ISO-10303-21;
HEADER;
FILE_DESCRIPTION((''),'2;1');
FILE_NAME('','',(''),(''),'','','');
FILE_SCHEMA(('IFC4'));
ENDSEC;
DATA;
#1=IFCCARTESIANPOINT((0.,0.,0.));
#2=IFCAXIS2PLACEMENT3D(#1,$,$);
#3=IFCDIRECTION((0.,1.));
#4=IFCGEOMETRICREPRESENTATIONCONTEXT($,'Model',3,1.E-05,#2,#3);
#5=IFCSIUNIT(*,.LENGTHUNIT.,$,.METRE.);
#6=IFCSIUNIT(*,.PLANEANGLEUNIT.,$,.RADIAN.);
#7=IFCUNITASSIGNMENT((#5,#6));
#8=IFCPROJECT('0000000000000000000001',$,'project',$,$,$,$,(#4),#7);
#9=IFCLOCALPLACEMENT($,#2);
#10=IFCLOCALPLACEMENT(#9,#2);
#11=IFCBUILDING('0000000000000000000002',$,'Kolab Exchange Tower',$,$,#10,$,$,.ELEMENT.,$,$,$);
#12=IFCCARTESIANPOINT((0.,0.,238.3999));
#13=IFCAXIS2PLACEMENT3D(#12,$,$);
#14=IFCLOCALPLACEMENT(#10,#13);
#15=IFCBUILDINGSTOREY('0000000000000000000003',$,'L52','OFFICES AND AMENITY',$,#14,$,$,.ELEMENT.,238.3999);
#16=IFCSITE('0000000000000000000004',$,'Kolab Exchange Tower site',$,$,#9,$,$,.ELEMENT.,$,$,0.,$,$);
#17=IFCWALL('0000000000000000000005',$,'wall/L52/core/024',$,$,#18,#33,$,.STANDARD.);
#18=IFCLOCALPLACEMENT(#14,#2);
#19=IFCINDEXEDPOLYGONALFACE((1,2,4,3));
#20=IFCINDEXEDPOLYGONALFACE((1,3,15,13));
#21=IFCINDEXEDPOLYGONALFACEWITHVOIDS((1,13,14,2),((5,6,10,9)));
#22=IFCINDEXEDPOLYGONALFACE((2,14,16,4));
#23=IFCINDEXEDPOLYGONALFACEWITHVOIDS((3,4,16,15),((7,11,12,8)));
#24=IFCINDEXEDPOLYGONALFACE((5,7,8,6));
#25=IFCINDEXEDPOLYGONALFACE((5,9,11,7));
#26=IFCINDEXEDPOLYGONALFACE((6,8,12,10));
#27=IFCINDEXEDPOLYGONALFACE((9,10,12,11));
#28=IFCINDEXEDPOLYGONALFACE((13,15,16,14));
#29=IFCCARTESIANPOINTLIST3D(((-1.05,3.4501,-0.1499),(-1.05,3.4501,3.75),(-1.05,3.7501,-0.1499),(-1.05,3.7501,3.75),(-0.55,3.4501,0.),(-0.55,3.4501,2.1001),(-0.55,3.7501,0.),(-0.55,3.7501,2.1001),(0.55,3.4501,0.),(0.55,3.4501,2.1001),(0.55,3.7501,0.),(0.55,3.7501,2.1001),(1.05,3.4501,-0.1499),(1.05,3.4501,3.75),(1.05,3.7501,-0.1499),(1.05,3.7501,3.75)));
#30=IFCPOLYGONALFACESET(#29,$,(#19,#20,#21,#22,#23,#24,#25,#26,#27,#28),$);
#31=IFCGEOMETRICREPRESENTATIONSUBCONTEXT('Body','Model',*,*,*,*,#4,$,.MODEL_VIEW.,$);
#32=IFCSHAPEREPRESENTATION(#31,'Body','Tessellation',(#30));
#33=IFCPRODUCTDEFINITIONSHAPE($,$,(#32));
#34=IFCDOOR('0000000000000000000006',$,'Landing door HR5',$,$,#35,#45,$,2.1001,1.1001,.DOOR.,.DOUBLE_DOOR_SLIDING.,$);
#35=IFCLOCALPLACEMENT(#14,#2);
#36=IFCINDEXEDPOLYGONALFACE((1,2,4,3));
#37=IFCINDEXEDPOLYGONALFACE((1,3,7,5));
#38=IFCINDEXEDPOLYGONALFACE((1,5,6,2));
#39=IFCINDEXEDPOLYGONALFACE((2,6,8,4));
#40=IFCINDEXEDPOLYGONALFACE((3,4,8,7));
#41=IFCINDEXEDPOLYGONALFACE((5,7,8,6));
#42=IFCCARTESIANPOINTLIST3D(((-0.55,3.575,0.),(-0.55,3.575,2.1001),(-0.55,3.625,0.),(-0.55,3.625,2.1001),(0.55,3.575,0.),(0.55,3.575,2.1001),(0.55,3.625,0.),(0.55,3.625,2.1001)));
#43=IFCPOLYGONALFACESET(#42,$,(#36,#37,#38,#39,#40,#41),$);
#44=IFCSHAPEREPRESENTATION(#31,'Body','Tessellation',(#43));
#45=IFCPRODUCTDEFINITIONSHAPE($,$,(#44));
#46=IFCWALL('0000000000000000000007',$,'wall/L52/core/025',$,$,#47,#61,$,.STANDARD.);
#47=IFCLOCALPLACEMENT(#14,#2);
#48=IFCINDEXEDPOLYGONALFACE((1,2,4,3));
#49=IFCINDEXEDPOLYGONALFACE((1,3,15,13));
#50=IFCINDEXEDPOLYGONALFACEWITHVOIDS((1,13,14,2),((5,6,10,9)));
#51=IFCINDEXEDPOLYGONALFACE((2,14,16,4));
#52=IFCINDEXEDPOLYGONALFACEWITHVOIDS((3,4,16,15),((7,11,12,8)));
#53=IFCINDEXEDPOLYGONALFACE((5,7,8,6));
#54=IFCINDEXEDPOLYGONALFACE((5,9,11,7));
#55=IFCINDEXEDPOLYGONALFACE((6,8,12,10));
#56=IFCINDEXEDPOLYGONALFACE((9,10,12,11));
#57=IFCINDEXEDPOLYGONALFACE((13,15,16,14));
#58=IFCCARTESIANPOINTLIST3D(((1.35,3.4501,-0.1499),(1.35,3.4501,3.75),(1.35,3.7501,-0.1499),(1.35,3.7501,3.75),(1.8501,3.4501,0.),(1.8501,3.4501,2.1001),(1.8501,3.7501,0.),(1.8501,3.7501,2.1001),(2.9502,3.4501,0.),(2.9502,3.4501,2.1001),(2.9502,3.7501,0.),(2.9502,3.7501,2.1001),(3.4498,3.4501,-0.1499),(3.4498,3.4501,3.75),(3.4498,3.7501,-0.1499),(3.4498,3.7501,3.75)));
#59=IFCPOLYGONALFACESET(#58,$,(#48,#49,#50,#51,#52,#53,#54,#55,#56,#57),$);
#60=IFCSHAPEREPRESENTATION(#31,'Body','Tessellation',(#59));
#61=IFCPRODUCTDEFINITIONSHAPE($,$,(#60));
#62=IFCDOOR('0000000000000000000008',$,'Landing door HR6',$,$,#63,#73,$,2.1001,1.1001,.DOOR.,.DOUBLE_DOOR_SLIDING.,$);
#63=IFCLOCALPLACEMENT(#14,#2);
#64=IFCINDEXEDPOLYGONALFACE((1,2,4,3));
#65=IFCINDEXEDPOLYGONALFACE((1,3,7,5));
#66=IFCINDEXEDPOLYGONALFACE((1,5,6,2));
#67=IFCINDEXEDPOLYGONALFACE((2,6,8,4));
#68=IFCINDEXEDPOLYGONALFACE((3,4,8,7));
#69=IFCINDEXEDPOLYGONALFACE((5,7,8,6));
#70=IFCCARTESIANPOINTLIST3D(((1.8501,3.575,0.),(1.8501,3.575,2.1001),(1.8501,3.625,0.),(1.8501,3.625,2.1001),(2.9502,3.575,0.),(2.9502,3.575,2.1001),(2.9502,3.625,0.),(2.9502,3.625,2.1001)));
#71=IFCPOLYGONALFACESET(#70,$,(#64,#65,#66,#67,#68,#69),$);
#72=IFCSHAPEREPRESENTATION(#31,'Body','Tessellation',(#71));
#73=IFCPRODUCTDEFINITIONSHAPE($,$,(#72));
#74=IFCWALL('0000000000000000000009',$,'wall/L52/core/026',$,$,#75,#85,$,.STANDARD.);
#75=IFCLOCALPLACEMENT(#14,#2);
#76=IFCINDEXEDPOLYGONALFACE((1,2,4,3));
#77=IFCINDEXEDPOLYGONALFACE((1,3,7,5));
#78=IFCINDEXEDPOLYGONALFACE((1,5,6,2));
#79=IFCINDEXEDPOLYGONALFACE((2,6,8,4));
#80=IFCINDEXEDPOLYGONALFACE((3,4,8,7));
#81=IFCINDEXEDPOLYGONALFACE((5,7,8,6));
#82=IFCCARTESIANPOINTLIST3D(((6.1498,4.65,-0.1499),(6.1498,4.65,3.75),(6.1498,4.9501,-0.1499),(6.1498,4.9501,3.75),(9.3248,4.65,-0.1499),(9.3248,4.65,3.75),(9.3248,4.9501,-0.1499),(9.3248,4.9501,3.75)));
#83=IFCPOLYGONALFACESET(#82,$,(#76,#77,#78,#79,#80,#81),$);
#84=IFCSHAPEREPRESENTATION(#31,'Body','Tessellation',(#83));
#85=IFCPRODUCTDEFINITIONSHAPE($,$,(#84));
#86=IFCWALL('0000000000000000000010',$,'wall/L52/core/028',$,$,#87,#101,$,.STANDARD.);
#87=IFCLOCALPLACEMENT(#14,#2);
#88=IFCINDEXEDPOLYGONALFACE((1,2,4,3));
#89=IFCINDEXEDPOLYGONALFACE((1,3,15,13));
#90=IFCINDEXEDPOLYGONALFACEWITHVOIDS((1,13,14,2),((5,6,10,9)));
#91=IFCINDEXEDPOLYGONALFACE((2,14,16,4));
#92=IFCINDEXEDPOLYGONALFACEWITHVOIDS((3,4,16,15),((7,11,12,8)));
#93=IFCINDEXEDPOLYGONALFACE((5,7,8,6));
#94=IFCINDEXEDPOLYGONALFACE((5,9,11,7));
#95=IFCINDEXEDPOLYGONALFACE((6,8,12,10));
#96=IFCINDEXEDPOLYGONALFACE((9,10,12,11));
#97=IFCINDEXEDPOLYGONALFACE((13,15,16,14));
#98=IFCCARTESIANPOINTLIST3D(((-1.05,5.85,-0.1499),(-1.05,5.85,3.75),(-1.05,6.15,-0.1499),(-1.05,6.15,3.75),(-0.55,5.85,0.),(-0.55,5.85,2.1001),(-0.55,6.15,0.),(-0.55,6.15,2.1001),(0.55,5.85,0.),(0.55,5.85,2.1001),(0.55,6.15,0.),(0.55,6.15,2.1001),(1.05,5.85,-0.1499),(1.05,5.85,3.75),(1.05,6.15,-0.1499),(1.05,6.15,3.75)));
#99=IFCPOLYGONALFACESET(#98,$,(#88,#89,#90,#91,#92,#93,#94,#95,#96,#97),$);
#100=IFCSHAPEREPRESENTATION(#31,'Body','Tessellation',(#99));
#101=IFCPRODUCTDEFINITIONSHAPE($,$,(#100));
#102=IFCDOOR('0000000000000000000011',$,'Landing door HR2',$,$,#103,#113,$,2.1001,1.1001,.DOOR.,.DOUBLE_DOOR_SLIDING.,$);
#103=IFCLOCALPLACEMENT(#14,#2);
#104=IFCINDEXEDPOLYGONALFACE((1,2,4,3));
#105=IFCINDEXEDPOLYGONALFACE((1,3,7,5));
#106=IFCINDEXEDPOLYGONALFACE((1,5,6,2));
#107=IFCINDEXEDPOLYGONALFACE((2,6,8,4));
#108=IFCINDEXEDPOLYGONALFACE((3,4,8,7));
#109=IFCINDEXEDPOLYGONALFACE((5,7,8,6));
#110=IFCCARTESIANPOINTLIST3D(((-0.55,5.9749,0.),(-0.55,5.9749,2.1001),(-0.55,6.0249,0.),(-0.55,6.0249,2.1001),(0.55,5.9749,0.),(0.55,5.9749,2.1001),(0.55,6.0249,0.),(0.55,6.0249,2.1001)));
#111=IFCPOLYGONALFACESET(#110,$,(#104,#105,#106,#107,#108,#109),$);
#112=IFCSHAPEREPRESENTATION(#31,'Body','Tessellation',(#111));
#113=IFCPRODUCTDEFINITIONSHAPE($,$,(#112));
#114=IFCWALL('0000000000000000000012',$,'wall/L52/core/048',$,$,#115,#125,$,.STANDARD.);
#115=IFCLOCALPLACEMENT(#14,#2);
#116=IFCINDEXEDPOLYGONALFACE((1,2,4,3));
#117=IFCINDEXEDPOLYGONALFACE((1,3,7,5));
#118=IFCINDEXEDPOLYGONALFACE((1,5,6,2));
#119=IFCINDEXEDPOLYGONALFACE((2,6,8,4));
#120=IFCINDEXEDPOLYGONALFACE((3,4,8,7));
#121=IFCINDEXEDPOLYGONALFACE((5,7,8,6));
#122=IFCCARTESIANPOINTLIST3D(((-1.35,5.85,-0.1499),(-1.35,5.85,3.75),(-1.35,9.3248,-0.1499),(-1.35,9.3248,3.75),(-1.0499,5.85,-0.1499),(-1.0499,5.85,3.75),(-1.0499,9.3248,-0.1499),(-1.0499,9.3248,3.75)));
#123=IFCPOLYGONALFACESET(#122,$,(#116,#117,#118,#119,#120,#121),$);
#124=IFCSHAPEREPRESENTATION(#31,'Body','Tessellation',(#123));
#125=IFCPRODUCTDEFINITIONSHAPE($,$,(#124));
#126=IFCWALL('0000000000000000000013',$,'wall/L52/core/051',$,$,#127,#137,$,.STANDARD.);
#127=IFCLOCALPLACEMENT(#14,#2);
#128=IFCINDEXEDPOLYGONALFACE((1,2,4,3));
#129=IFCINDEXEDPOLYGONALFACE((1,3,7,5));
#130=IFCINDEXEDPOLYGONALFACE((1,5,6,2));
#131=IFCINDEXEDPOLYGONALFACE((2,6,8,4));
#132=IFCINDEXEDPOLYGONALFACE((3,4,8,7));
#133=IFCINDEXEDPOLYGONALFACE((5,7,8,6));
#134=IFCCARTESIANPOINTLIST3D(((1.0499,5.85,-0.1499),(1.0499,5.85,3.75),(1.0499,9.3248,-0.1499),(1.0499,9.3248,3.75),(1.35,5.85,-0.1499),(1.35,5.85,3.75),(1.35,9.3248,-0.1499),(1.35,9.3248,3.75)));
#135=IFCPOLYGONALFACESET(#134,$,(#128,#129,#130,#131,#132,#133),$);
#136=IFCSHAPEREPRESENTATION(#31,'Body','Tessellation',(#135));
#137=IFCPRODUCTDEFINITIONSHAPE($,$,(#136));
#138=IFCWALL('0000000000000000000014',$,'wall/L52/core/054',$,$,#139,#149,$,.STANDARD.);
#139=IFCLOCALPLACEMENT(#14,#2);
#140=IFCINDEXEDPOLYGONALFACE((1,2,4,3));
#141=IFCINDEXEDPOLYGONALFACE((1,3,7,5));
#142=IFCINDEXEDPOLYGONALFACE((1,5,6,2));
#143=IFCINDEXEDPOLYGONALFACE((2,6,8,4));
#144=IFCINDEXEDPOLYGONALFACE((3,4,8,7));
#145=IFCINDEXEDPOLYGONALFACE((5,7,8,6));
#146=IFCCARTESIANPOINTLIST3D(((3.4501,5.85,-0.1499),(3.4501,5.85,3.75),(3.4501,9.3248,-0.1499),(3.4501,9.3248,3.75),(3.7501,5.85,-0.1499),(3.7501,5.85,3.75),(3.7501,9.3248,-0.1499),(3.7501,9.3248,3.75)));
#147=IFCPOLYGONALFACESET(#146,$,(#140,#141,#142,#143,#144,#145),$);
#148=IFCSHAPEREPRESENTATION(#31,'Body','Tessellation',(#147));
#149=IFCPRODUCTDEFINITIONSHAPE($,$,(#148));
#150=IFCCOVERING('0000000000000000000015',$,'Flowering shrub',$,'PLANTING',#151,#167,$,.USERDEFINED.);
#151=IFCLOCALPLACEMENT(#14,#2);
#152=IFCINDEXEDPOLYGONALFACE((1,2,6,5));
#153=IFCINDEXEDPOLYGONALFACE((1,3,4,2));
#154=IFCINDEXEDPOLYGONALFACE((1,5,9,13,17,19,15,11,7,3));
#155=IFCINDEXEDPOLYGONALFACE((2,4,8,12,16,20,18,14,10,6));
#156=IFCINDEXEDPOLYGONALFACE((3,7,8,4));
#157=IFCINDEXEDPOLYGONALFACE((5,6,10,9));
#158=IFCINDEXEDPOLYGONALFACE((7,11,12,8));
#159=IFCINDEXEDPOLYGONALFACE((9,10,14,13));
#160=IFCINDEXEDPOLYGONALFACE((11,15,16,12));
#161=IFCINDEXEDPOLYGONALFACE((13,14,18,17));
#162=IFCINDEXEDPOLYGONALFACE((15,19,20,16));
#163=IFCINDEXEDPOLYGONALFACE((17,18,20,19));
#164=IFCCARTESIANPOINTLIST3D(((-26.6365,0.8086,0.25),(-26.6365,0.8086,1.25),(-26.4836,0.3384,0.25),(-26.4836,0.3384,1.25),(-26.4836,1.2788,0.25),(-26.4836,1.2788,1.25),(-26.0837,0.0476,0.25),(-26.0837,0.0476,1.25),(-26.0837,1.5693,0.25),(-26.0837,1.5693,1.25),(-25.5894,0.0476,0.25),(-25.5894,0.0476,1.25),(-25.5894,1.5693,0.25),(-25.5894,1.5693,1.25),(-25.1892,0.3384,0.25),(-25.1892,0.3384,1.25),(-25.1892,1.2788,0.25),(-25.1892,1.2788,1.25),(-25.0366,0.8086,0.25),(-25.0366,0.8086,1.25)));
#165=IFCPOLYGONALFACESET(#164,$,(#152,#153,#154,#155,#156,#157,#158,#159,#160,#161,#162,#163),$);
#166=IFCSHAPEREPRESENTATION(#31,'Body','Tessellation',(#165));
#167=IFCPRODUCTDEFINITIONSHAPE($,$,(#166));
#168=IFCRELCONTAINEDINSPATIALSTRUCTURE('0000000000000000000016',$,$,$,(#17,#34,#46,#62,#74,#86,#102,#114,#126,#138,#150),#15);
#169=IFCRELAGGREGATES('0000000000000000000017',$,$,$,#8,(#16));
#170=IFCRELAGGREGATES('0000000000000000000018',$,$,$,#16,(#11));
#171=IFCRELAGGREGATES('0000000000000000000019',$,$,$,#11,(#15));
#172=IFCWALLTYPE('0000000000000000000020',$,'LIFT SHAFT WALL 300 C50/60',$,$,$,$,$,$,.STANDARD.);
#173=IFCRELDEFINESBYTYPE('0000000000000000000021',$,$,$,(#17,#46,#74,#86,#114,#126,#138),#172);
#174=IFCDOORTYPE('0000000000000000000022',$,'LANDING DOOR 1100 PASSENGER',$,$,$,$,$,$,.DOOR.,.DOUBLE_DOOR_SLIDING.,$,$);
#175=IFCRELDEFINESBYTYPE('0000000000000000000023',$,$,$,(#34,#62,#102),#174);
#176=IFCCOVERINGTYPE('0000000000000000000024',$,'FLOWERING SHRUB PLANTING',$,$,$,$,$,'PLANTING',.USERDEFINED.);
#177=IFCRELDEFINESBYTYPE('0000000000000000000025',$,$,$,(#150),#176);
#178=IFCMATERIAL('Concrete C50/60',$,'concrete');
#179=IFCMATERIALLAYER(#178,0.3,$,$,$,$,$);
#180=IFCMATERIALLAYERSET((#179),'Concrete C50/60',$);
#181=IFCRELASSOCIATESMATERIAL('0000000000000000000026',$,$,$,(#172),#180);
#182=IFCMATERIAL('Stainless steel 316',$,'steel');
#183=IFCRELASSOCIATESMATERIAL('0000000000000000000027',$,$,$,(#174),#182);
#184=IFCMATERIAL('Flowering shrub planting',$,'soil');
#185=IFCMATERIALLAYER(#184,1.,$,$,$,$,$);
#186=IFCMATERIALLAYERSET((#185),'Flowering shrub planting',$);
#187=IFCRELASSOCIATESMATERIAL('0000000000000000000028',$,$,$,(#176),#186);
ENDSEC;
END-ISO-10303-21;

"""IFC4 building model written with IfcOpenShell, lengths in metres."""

from ifc_helpers import new_model, si_unit, direction, frame, frame_2d, origin, place, context, subcontext, project, spatial, polyline, rectangle, outline, extrude, material, layer, layer_set, type_object, element, fill, save


model = new_model("IFC4")

# Units and contexts
model_context = context("Model", 3, precision=1e-05, world=origin(), true_north=direction((0.0, 1.0)))
body_context = subcontext(model_context, "Body", "Model", "MODEL_VIEW")
ifc_project = project(units=[si_unit("LENGTHUNIT", "METRE"), si_unit("PLANEANGLEUNIT", "RADIAN")], contexts=[model_context])

# Site, building, storey
site_placement = place(None, origin())
site = spatial("IfcSite", under=ifc_project, at=site_placement, Name="Kolab Exchange Tower site", CompositionType="ELEMENT", RefElevation=0.0)
building_placement = place(site_placement, origin())
building = spatial("IfcBuilding", under=site, at=building_placement, Name="Kolab Exchange Tower", CompositionType="ELEMENT")
storey_placement = place(building_placement, frame((0.0, 0.0, 238.3999)))
storey = spatial("IfcBuildingStorey", under=building, at=storey_placement, Name="L52", Description="OFFICES AND AMENITY", CompositionType="ELEMENT", Elevation=238.3999)

# Shared definitions
ifc_material_1 = material(Name="Concrete C50/60", Category="concrete")

# Shared definitions
ifc_layer_1 = layer(ifc_material_1, 0.3)
ifc_layer_set_1 = layer_set([ifc_layer_1], Name="Concrete C50/60")
wall_type = type_object("IfcWallType", Name="LIFT SHAFT WALL 300 C50/60", PredefinedType="STANDARD", material=ifc_layer_set_1)

# Walls, openings, doors
wall_1_placement = place(storey_placement, frame((-1.05, 3.6001, -0.1499), z_axis=(0.0, 0.0, 1.0), x_axis=(1.0, 0.0, 0.0)))
wall_1 = element("IfcWall", 1, at=wall_1_placement, inside=storey, type_object=wall_type, Name="wall/L52/core/024", PredefinedType="STANDARD", context=body_context, shape_type="SweptSolid", body=[
    extrude(rectangle(XDim=2.1001, YDim=0.3, at=frame_2d((1.05, 0.0))), origin(), (0.0, 0.0, 1.0), 3.8999),
])
opening_1_placement = place(wall_1_placement, frame((0.5, 0.0, 0.1499)))
opening_1 = element("IfcOpeningElement", 2, at=opening_1_placement, cuts=wall_1, PredefinedType="OPENING", context=body_context, shape_type="SweptSolid", body=[
    extrude(rectangle(XDim=1.1001, YDim=2.1001, at=frame_2d((0.55, 1.05))), frame((0.0, 0.1602, 0.0), z_axis=(0.0, -1.0, 0.0), x_axis=(1.0, 0.0, 0.0)), (0.0, 0.0, 1.0), 0.3201),
])
ifc_material_2 = material(Name="Stainless steel 316", Category="steel")
door_type = type_object("IfcDoorType", Name="LANDING DOOR 1100 PASSENGER", OperationType="DOUBLE_DOOR_SLIDING", PredefinedType="DOOR", material=ifc_material_2)
door_1_placement = place(opening_1_placement, origin())
door_1 = element("IfcDoor", 3, at=door_1_placement, inside=storey, type_object=door_type, Name="Landing door HR5", OperationType="DOUBLE_DOOR_SLIDING", OverallHeight=2.1001, OverallWidth=1.1001, PredefinedType="DOOR", context=body_context, shape_type="SweptSolid", body=[
    extrude(rectangle(XDim=1.1001, YDim=2.1001, at=frame_2d((0.55, 1.05))), frame((0.0, 0.0249, 0.0), z_axis=(0.0, -1.0, 0.0), x_axis=(1.0, 0.0, 0.0)), (0.0, 0.0, 1.0), 0.05),
])
fill(opening_1, door_1)
wall_2_placement = place(storey_placement, frame((1.3501, 3.6001, -0.1499), z_axis=(0.0, 0.0, 1.0), x_axis=(1.0, 0.0, 0.0)))
wall_2 = element("IfcWall", 4, at=wall_2_placement, inside=storey, type_object=wall_type, Name="wall/L52/core/025", PredefinedType="STANDARD", context=body_context, shape_type="SweptSolid", body=[
    extrude(rectangle(XDim=2.0999, YDim=0.3, at=frame_2d((1.0498, 0.0))), origin(), (0.0, 0.0, 1.0), 3.8999),
])
opening_2_placement = place(wall_2_placement, frame((0.5, 0.0, 0.1499)))
opening_2 = element("IfcOpeningElement", 5, at=opening_2_placement, cuts=wall_2, PredefinedType="OPENING", context=body_context, shape_type="SweptSolid", body=[
    extrude(rectangle(XDim=1.1001, YDim=2.1001, at=frame_2d((0.55, 1.05))), frame((0.0, 0.1602, 0.0), z_axis=(0.0, -1.0, 0.0), x_axis=(1.0, 0.0, 0.0)), (0.0, 0.0, 1.0), 0.3201),
])
door_2_placement = place(opening_2_placement, origin())
door_2 = element("IfcDoor", 6, at=door_2_placement, inside=storey, type_object=door_type, Name="Landing door HR6", OperationType="DOUBLE_DOOR_SLIDING", OverallHeight=2.1001, OverallWidth=1.1001, PredefinedType="DOOR", context=body_context, shape_type="SweptSolid", body=[
    extrude(rectangle(XDim=1.1001, YDim=2.1001, at=frame_2d((0.55, 1.05))), frame((0.0, 0.0249, 0.0), z_axis=(0.0, -1.0, 0.0), x_axis=(1.0, 0.0, 0.0)), (0.0, 0.0, 1.0), 0.05),
])
fill(opening_2, door_2)

# Wall
wall_3_placement = place(storey_placement, frame((6.1499, 4.8, -0.1499), z_axis=(0.0, 0.0, 1.0), x_axis=(1.0, 0.0, 0.0)))
element("IfcWall", 7, at=wall_3_placement, inside=storey, type_object=wall_type, Name="wall/L52/core/026", PredefinedType="STANDARD", context=body_context, shape_type="SweptSolid", body=[
    extrude(rectangle(XDim=3.175, YDim=0.3, at=frame_2d((1.5874, 0.0))), origin(), (0.0, 0.0, 1.0), 3.8999),
])

# Wall, opening, door
wall_4_placement = place(storey_placement, frame((-1.05, 6.0, -0.1499), z_axis=(0.0, 0.0, 1.0), x_axis=(1.0, 0.0, 0.0)))
wall_4 = element("IfcWall", 8, at=wall_4_placement, inside=storey, type_object=wall_type, Name="wall/L52/core/028", PredefinedType="STANDARD", context=body_context, shape_type="SweptSolid", body=[
    extrude(rectangle(XDim=2.1001, YDim=0.3, at=frame_2d((1.05, 0.0))), origin(), (0.0, 0.0, 1.0), 3.8999),
])
opening_3_placement = place(wall_4_placement, frame((0.5, 0.0, 0.1499)))
opening_3 = element("IfcOpeningElement", 9, at=opening_3_placement, cuts=wall_4, PredefinedType="OPENING", context=body_context, shape_type="SweptSolid", body=[
    extrude(rectangle(XDim=1.1001, YDim=2.1001, at=frame_2d((0.55, 1.05))), frame((0.0, 0.1602, 0.0), z_axis=(0.0, -1.0, 0.0), x_axis=(1.0, 0.0, 0.0)), (0.0, 0.0, 1.0), 0.3201),
])
door_3_placement = place(opening_3_placement, origin())
door_3 = element("IfcDoor", 10, at=door_3_placement, inside=storey, type_object=door_type, Name="Landing door HR2", OperationType="DOUBLE_DOOR_SLIDING", OverallHeight=2.1001, OverallWidth=1.1001, PredefinedType="DOOR", context=body_context, shape_type="SweptSolid", body=[
    extrude(rectangle(XDim=1.1001, YDim=2.1001, at=frame_2d((0.55, 1.05))), frame((0.0, 0.0249, 0.0), z_axis=(0.0, -1.0, 0.0), x_axis=(1.0, 0.0, 0.0)), (0.0, 0.0, 1.0), 0.05),
])
fill(opening_3, door_3)

# Walls
for number, where, z_axis, x_axis, name in (
    (11, (-1.2, 5.8501, -0.1499), (0.0, 0.0, 1.0), (0.0, 1.0, 0.0), "wall/L52/core/048"),
    (12, (1.2, 5.8501, -0.1499), (0.0, 0.0, 1.0), (0.0, 1.0, 0.0), "wall/L52/core/051"),
    (13, (3.6001, 5.8501, -0.1499), (0.0, 0.0, 1.0), (0.0, 1.0, 0.0), "wall/L52/core/054"),
):
    element("IfcWall", number, at=place(storey_placement, frame(where, z_axis=z_axis, x_axis=x_axis)), inside=storey, type_object=wall_type, Name=name, PredefinedType="STANDARD", context=body_context, shape_type="SweptSolid", body=[
        extrude(rectangle(XDim=3.4749, YDim=0.3, at=frame_2d((1.7373, 0.0))), origin(), (0.0, 0.0, 1.0), 3.8999),
    ])

# Covering
ifc_material_3 = material(Name="Flowering shrub planting", Category="soil")
ifc_layer_2 = layer(ifc_material_3, 1.0)
ifc_layer_set_2 = layer_set([ifc_layer_2], Name="Flowering shrub planting")
covering_type_1 = type_object("IfcCoveringType", Name="FLOWERING SHRUB PLANTING", ElementType="PLANTING", PredefinedType="USERDEFINED", material=ifc_layer_set_2)
covering_1_placement = place(storey_placement, frame((0.0, 0.0, 0.25)))
element("IfcCovering", 14, at=covering_1_placement, inside=storey, type_object=covering_type_1, Name="Flowering shrub", ObjectType="PLANTING", PredefinedType="USERDEFINED", context=body_context, shape_type="SweptSolid", body=[
    extrude(outline(polyline([(-25.0366, 0.8086), (-25.1892, 1.2788), (-25.5894, 1.5693), (-26.0837, 1.5693), (-26.4836, 1.2788), (-26.6365, 0.8086), (-26.4836, 0.3384), (-26.0837, 0.0476), (-25.5894, 0.0476), (-25.1892, 0.3384), (-25.0366, 0.8086)])), origin(), (0.0, 0.0, 1.0), 1.0),
])

save(model, "model.ifc")
